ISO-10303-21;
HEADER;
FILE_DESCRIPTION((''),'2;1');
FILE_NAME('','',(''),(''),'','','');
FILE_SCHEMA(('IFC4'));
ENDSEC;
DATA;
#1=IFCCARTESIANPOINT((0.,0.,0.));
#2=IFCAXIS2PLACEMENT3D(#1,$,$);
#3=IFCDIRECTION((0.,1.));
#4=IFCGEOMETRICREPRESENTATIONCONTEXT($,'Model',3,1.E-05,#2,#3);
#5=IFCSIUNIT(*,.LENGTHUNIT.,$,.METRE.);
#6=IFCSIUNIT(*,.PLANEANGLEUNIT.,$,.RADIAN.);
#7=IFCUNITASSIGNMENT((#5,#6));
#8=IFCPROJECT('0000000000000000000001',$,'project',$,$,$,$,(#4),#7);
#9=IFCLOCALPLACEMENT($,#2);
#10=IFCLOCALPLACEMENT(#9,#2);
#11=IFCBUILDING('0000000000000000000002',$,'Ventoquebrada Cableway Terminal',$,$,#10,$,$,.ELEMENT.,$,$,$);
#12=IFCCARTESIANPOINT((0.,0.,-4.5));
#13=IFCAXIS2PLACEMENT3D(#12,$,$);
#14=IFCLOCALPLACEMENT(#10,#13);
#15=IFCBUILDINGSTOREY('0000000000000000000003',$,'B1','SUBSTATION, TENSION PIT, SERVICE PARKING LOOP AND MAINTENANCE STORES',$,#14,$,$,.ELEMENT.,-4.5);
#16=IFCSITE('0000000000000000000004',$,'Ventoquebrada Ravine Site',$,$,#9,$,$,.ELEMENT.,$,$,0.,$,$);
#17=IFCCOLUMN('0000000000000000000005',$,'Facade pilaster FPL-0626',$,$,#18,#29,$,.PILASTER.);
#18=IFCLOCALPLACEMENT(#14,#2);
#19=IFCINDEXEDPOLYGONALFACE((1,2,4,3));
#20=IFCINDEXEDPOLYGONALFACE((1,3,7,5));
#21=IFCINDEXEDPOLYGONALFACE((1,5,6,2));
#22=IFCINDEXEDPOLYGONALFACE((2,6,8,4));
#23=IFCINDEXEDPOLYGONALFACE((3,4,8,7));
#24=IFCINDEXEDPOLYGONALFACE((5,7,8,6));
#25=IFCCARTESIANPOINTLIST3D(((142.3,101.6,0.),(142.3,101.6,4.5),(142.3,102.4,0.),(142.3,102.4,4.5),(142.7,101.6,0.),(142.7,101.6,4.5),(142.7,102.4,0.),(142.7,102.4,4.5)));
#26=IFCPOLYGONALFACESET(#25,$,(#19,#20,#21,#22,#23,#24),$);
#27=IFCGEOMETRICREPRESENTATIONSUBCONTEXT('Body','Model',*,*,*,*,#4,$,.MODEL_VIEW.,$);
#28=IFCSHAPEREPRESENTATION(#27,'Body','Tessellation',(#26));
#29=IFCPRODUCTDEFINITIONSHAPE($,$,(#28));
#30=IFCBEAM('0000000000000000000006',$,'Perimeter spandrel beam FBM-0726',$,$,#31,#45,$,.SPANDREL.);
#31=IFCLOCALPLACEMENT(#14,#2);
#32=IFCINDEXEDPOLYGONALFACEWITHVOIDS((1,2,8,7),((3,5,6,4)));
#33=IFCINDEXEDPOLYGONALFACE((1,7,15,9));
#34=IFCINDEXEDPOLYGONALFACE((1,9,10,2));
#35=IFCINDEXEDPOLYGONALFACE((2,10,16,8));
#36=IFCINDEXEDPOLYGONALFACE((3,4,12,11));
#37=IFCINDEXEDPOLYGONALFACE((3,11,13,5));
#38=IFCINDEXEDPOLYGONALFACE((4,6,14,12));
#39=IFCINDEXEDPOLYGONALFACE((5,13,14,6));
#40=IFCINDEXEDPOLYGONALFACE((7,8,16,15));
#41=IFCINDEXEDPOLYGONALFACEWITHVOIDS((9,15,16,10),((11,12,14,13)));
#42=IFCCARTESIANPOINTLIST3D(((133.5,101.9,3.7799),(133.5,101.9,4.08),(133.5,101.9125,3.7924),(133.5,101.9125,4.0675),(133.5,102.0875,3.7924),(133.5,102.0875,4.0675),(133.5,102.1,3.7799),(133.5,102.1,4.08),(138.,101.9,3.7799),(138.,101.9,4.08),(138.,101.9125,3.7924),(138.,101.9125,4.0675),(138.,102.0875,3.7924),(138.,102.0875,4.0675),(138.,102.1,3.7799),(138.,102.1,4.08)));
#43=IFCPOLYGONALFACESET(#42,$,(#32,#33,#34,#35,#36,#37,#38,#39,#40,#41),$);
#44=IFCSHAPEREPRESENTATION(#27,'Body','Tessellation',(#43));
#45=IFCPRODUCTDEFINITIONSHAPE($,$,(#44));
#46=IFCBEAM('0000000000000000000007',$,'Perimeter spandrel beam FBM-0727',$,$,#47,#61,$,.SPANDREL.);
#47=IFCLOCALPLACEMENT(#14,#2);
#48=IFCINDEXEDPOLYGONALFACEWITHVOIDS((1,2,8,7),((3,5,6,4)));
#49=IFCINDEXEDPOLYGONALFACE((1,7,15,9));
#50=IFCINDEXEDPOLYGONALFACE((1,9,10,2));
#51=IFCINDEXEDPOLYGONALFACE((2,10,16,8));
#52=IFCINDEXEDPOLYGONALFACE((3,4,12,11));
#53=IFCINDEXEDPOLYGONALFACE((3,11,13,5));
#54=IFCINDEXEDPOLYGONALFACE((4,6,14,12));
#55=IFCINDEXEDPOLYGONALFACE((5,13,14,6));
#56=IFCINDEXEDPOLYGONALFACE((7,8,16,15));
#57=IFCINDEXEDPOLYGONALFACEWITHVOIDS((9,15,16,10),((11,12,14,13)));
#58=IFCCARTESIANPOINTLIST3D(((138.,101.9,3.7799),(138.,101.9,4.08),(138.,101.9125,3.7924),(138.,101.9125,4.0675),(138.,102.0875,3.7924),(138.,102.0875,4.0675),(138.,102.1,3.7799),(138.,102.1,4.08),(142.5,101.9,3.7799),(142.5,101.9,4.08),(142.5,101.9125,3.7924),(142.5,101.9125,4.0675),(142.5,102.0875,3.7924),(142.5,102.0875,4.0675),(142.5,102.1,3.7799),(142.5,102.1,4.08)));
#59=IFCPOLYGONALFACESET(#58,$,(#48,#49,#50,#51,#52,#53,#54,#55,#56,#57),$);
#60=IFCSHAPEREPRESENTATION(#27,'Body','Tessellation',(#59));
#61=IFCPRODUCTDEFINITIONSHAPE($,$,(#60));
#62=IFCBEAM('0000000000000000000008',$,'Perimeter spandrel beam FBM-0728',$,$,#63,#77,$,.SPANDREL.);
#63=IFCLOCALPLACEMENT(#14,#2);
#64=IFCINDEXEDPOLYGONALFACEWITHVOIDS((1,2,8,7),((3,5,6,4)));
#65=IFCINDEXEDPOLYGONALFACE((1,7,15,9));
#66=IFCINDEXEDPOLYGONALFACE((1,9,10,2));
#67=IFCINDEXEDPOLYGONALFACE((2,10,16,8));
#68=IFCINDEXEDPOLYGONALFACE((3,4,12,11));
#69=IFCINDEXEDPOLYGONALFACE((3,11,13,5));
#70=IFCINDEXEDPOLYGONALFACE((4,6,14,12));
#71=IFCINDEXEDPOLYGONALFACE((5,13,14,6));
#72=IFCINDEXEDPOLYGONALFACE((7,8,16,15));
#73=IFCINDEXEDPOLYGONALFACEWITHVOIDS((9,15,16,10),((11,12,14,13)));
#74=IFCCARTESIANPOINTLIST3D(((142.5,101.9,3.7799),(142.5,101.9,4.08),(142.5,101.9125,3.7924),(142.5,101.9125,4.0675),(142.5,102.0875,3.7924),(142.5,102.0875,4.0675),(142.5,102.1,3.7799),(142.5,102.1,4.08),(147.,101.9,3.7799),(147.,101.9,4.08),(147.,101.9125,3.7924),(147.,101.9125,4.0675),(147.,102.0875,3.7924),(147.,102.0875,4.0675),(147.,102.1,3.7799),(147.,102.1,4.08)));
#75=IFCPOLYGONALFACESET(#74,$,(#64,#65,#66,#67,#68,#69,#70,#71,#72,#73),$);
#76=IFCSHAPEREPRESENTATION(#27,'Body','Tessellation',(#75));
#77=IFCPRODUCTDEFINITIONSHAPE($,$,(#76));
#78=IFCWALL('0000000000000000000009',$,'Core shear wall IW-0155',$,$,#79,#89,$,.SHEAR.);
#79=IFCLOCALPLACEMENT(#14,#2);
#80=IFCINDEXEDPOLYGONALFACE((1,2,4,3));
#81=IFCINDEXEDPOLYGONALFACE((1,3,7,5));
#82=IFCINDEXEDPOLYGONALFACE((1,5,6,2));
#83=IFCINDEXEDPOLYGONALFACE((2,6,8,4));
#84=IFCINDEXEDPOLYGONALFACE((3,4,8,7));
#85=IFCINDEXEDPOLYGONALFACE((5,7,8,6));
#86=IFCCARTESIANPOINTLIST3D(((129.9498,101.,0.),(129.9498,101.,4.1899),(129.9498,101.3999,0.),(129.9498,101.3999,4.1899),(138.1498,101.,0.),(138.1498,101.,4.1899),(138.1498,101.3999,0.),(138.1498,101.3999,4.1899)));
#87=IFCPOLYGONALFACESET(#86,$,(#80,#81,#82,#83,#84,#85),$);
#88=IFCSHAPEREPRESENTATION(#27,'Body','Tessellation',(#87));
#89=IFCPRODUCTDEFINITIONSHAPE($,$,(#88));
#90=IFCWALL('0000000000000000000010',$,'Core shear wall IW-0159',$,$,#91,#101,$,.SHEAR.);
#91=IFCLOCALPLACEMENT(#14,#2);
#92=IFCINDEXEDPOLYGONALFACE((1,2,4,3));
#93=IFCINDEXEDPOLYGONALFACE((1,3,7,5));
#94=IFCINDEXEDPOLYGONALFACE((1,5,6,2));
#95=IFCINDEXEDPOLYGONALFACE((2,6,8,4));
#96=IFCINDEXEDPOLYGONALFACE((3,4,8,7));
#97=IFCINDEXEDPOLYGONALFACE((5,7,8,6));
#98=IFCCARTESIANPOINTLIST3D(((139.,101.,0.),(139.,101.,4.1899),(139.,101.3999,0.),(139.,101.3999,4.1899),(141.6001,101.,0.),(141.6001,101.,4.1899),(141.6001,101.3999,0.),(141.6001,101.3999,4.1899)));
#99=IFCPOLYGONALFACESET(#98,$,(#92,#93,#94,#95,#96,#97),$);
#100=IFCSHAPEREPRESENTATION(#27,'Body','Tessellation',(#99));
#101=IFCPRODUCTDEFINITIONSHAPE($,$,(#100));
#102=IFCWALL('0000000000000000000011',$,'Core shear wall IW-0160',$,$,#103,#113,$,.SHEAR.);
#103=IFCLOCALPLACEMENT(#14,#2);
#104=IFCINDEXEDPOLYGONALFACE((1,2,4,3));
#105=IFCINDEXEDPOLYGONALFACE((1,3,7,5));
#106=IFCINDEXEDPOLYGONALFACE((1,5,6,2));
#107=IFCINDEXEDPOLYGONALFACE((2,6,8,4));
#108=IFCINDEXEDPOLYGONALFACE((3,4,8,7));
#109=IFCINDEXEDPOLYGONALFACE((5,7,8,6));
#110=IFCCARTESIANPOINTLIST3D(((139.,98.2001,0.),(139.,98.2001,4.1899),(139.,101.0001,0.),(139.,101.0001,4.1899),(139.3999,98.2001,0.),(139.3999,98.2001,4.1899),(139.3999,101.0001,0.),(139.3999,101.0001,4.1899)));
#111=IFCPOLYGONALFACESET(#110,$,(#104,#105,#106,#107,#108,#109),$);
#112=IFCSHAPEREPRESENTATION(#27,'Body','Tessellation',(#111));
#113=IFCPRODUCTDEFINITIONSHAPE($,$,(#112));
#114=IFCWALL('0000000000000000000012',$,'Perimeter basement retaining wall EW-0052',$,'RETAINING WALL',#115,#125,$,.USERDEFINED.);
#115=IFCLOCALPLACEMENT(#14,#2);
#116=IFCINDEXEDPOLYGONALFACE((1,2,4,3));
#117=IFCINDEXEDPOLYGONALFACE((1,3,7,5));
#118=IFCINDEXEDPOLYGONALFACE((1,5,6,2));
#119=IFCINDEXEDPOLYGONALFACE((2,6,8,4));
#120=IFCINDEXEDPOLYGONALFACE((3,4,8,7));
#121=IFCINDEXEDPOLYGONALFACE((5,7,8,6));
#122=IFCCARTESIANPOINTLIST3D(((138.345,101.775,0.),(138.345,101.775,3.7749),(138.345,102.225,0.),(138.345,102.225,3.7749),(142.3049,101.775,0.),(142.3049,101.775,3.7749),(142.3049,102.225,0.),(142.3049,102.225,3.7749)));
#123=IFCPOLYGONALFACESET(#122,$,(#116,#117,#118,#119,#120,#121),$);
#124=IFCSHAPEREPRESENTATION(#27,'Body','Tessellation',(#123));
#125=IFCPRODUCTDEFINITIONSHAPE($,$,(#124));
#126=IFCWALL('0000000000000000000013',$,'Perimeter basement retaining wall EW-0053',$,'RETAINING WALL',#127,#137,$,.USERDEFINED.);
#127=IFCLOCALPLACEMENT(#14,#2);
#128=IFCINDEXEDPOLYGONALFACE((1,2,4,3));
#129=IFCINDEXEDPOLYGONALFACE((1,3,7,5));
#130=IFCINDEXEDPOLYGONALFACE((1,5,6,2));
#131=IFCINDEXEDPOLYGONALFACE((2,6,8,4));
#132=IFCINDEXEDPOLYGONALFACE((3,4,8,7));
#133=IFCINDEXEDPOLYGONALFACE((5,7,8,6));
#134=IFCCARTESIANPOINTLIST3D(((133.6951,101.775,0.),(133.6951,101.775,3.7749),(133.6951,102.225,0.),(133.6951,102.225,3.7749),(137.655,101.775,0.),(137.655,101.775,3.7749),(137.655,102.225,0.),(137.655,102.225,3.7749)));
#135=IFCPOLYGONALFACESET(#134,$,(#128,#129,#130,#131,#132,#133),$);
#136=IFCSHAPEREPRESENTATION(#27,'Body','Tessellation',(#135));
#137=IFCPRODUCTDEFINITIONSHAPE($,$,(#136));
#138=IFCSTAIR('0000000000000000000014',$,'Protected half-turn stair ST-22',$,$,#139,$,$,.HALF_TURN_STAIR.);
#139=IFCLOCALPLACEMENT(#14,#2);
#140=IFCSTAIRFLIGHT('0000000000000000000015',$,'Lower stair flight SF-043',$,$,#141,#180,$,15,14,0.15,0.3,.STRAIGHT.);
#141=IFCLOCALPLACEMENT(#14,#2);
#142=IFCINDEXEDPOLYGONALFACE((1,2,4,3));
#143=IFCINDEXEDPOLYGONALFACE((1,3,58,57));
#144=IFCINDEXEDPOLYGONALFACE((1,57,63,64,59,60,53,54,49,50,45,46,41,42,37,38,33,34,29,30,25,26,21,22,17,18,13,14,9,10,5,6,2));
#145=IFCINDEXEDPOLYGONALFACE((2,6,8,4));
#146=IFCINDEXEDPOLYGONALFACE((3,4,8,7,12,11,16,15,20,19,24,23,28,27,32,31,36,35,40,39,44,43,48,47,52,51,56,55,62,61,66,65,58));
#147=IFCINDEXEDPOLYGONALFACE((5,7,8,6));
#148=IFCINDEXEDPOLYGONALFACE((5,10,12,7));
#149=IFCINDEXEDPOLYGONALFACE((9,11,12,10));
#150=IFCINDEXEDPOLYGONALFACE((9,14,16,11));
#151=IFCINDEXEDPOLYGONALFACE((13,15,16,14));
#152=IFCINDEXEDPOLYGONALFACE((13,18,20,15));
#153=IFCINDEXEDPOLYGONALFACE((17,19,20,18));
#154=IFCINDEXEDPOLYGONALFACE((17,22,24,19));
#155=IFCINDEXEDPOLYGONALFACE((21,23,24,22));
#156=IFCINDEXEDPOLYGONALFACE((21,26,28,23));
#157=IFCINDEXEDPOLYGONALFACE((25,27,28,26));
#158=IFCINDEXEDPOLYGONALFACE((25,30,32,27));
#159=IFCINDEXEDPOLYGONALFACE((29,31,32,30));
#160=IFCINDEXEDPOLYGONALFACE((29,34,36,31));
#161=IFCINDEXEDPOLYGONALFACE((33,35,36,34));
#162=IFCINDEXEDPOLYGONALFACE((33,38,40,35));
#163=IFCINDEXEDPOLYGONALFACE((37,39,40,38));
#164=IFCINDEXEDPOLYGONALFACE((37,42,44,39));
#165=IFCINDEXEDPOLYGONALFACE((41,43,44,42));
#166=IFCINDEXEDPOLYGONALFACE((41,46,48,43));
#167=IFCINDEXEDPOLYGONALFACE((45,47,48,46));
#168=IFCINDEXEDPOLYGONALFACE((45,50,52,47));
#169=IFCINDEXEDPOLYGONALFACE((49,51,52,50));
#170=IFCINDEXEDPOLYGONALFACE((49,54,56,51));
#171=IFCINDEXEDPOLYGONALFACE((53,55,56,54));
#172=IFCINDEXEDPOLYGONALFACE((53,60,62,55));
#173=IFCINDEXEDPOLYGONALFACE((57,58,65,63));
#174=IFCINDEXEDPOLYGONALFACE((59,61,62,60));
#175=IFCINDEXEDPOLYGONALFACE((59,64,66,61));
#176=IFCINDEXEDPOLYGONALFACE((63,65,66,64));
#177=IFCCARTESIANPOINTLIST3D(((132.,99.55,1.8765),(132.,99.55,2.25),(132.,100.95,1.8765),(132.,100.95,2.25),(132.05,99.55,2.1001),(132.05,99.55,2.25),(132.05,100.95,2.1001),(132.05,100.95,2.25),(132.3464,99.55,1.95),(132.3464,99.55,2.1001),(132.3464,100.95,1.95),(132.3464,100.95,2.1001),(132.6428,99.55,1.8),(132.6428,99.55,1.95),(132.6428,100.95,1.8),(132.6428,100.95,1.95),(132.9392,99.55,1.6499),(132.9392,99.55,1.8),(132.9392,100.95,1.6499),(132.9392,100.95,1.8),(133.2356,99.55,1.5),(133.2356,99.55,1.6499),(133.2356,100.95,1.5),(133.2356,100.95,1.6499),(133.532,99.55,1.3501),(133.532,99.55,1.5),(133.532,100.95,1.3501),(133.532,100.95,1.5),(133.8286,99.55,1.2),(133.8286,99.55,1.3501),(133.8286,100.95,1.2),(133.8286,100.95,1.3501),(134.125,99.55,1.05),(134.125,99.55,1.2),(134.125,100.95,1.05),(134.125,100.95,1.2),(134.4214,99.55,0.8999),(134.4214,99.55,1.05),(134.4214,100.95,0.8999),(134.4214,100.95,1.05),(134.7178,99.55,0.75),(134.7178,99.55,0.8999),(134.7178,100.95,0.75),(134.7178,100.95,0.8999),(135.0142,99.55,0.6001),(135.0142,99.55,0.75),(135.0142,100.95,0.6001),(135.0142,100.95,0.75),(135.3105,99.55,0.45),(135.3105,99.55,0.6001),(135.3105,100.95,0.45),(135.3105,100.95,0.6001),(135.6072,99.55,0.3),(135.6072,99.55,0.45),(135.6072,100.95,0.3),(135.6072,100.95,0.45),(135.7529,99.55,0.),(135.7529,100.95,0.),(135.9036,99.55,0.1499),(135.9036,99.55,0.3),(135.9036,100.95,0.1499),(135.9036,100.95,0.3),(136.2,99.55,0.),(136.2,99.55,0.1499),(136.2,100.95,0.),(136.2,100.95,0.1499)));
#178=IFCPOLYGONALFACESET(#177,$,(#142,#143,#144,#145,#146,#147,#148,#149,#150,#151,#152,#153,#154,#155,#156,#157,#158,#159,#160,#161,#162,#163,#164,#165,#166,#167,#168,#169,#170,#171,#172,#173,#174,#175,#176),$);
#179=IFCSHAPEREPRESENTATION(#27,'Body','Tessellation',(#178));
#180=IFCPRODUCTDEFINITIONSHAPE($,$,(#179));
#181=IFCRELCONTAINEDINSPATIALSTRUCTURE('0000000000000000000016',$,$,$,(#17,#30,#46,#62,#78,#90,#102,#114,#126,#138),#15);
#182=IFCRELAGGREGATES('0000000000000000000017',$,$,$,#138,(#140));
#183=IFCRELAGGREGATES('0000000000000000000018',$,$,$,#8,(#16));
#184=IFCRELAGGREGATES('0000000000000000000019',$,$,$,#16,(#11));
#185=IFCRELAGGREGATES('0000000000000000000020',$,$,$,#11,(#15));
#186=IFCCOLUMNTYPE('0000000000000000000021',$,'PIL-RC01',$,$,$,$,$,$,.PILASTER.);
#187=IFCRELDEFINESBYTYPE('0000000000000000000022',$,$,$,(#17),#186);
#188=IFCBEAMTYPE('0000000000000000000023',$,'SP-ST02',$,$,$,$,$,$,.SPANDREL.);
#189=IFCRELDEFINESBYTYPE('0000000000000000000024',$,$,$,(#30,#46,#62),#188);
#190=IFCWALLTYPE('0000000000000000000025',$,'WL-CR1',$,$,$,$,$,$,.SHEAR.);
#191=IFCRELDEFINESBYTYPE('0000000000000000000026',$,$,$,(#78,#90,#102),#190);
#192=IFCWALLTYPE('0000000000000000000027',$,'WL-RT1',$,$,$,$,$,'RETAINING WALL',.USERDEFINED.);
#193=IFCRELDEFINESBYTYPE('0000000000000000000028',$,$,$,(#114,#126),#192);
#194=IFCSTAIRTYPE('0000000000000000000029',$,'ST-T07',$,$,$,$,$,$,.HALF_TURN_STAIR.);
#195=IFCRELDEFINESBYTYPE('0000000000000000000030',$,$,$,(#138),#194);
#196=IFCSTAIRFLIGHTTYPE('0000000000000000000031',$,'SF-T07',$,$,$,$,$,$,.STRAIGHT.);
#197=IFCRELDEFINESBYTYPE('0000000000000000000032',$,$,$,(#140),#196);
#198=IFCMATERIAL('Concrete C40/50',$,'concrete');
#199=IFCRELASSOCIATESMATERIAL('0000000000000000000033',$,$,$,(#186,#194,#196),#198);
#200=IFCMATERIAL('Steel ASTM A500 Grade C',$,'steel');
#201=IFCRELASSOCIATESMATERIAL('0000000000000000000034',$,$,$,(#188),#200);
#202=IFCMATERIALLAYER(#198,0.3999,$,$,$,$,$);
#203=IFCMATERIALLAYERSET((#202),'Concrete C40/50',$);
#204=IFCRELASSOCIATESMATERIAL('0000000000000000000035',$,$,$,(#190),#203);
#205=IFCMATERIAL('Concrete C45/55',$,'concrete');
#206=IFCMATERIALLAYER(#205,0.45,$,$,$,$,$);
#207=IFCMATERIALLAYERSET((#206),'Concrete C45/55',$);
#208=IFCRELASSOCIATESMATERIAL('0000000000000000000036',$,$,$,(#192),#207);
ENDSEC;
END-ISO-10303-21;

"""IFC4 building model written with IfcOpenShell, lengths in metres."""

from ifc_helpers import new_model, si_unit, direction, frame, frame_2d, origin, origin_2d, place, context, subcontext, project, spatial, polyline, rectangle, hollow_rectangle, outline, extrude, material, layer, layer_set, material_profile, profile_set, type_object, element, aggregate, save


model = new_model("IFC4")

# Units and contexts
model_context = context("Model", 3, precision=1e-05, world=origin(), true_north=direction((0.0, 1.0)))
body_context = subcontext(model_context, "Body", "Model", "MODEL_VIEW")
ifc_project = project(units=[si_unit("LENGTHUNIT", "METRE"), si_unit("PLANEANGLEUNIT", "RADIAN")], contexts=[model_context])

# Site, building, storey
site_placement = place(None, origin())
site = spatial("IfcSite", under=ifc_project, at=site_placement, Name="Ventoquebrada Ravine Site", CompositionType="ELEMENT", RefElevation=0.0)
building_placement = place(site_placement, origin())
building = spatial("IfcBuilding", under=site, at=building_placement, Name="Ventoquebrada Cableway Terminal", CompositionType="ELEMENT")
storey_placement = place(building_placement, frame((0.0, 0.0, -4.5)))
storey = spatial("IfcBuildingStorey", under=building, at=storey_placement, Name="B1", Description="SUBSTATION, TENSION PIT, SERVICE PARKING LOOP AND MAINTENANCE STORES", CompositionType="ELEMENT", Elevation=-4.5)

# Shared definitions
ifc_material_1 = material(Name="Concrete C40/50", Category="concrete")

# Column
ifc_material_profile_1 = material_profile(ifc_material_1, rectangle(XDim=0.3999, YDim=0.8, at=origin_2d()), Name="RC-PIL-400X800")
ifc_profile_set_1 = profile_set([ifc_material_profile_1], Name="Concrete C40/50")
column_type_1 = type_object("IfcColumnType", Name="PIL-RC01", PredefinedType="PILASTER", material=ifc_profile_set_1)
for number, where, z_axis, x_axis, name in (
    (1, (142.5, 102.0, 0.0), (0.0, 0.0, 1.0), (1.0, 0.0, 0.0), "Facade pilaster FPL-0626"),
):
    element("IfcColumn", number, at=place(storey_placement, frame(where, z_axis=z_axis, x_axis=x_axis)), inside=storey, type_object=column_type_1, Name=name, PredefinedType="PILASTER", context=body_context, shape_type="SweptSolid", body=[
        extrude(rectangle(XDim=0.3999, YDim=0.8, at=origin_2d()), origin(), (0.0, 0.0, 1.0), 4.5),
    ])

# Beams
ifc_material_2 = material(Name="Steel ASTM A500 Grade C", Category="steel")
ifc_material_profile_2 = material_profile(ifc_material_2, hollow_rectangle(XDim=0.2, YDim=0.3, WallThickness=0.0125, at=origin_2d()), Name="RHS300X200X12.5")
ifc_profile_set_2 = profile_set([ifc_material_profile_2], Name="Steel ASTM A500 Grade C")
beam_type = type_object("IfcBeamType", Name="SP-ST02", PredefinedType="SPANDREL", material=ifc_profile_set_2)
for number, where, z_axis, x_axis, name in (
    (2, (133.5, 102.0, 3.9299), (1.0, 0.0, 0.0), (0.0, 1.0, 0.0), "Perimeter spandrel beam FBM-0726"),
    (3, (138.0, 102.0, 3.9299), (1.0, 0.0, 0.0), (0.0, 1.0, 0.0), "Perimeter spandrel beam FBM-0727"),
    (4, (142.5, 102.0, 3.9299), (1.0, 0.0, 0.0), (0.0, 1.0, 0.0), "Perimeter spandrel beam FBM-0728"),
):
    element("IfcBeam", number, at=place(storey_placement, frame(where, z_axis=z_axis, x_axis=x_axis)), inside=storey, type_object=beam_type, Name=name, PredefinedType="SPANDREL", context=body_context, shape_type="SweptSolid", body=[
        extrude(hollow_rectangle(XDim=0.2, YDim=0.3, WallThickness=0.0125, at=origin_2d()), origin(), (0.0, 0.0, 1.0), 4.5),
    ])

# Walls
ifc_layer_1 = layer(ifc_material_1, 0.3999)
ifc_layer_set_1 = layer_set([ifc_layer_1], Name="Concrete C40/50")
wall_type_1 = type_object("IfcWallType", Name="WL-CR1", PredefinedType="SHEAR", material=ifc_layer_set_1)
wall_1_placement = place(storey_placement, frame((138.1499, 101.2, 0.0), z_axis=(0.0, 0.0, 1.0), x_axis=(-1.0, 0.0, 0.0)))
element("IfcWall", 5, at=wall_1_placement, inside=storey, type_object=wall_type_1, Name="Core shear wall IW-0155", PredefinedType="SHEAR", context=body_context, shape_type="SweptSolid", body=[
    extrude(rectangle(XDim=8.2, YDim=0.3999, at=frame_2d((4.1001, 0.0))), origin(), (0.0, 0.0, 1.0), 4.1899),
])
wall_2_placement = place(storey_placement, frame((141.6001, 101.2, 0.0), z_axis=(0.0, 0.0, 1.0), x_axis=(-1.0, 0.0, 0.0)))
element("IfcWall", 6, at=wall_2_placement, inside=storey, type_object=wall_type_1, Name="Core shear wall IW-0159", PredefinedType="SHEAR", context=body_context, shape_type="SweptSolid", body=[
    extrude(rectangle(XDim=2.6001, YDim=0.3999, at=frame_2d((1.3, 0.0))), origin(), (0.0, 0.0, 1.0), 4.1899),
])
wall_3_placement = place(storey_placement, frame((139.2, 101.0, 0.0), z_axis=(0.0, 0.0, 1.0), x_axis=(0.0, -1.0, 0.0)))
element("IfcWall", 7, at=wall_3_placement, inside=storey, type_object=wall_type_1, Name="Core shear wall IW-0160", PredefinedType="SHEAR", context=body_context, shape_type="SweptSolid", body=[
    extrude(rectangle(XDim=2.8, YDim=0.3999, at=frame_2d((1.3999, 0.0))), origin(), (0.0, 0.0, 1.0), 4.1899),
])
ifc_material_3 = material(Name="Concrete C45/55", Category="concrete")
ifc_layer_2 = layer(ifc_material_3, 0.45)
ifc_layer_set_2 = layer_set([ifc_layer_2], Name="Concrete C45/55")
wall_type_2 = type_object("IfcWallType", Name="WL-RT1", ElementType="RETAINING WALL", PredefinedType="USERDEFINED", material=ifc_layer_set_2)
for number, where, z_axis, x_axis, name in (
    (8, (142.3049, 102.0, 0.0), (0.0, 0.0, 1.0), (-1.0, 0.0, 0.0), "Perimeter basement retaining wall EW-0052"),
    (9, (137.655, 102.0, 0.0), (0.0, 0.0, 1.0), (-1.0, 0.0, 0.0), "Perimeter basement retaining wall EW-0053"),
):
    element("IfcWall", number, at=place(storey_placement, frame(where, z_axis=z_axis, x_axis=x_axis)), inside=storey, type_object=wall_type_2, Name=name, ObjectType="RETAINING WALL", PredefinedType="USERDEFINED", context=body_context, shape_type="SweptSolid", body=[
        extrude(rectangle(XDim=3.96, YDim=0.45, at=frame_2d((1.98, 0.0))), origin(), (0.0, 0.0, 1.0), 3.7749),
    ])

# Stair, stair flight
stair_type = type_object("IfcStairType", Name="ST-T07", PredefinedType="HALF_TURN_STAIR", material=ifc_material_1)
stair_placement = place(storey_placement, origin())
stair = element("IfcStair", 10, at=stair_placement, inside=storey, type_object=stair_type, Name="Protected half-turn stair ST-22", PredefinedType="HALF_TURN_STAIR")
stair_flight_type = type_object("IfcStairFlightType", Name="SF-T07", PredefinedType="STRAIGHT", material=ifc_material_1)
stair_flight_placement = place(storey_placement, frame((136.2, 100.25, 0.0), z_axis=(0.0, 0.0, 1.0), x_axis=(-1.0, 0.0, 0.0)))
stair_flight = element("IfcStairFlight", 11, at=stair_flight_placement, type_object=stair_flight_type, Name="Lower stair flight SF-043", NumberOfRisers=15, NumberOfTreads=14, PredefinedType="STRAIGHT", RiserHeight=0.15, TreadLength=0.3, context=body_context, shape_type="SweptSolid", body=[
    extrude(outline(polyline([(0.0, 0.0), (0.0, 0.1499), (0.2964, 0.1499), (0.2964, 0.3), (0.5928, 0.3), (0.5928, 0.45), (0.8894, 0.45), (0.8894, 0.6001), (1.1858, 0.6001), (1.1858, 0.75), (1.4822, 0.75), (1.4822, 0.8999), (1.7786, 0.8999), (1.7786, 1.05), (2.075, 1.05), (2.075, 1.2), (2.3713, 1.2), (2.3713, 1.3501), (2.668, 1.3501), (2.668, 1.5), (2.9644, 1.5), (2.9644, 1.6499), (3.2607, 1.6499), (3.2607, 1.8), (3.5571, 1.8), (3.5571, 1.95), (3.8535, 1.95), (3.8535, 2.1001), (4.1499, 2.1001), (4.1499, 2.25), (4.2, 2.25), (4.2, 1.8765), (0.447, 0.0), (0.0, 0.0)])), frame((0.0, 0.7, 0.0), z_axis=(0.0, -1.0, 0.0), x_axis=(1.0, 0.0, 0.0)), (0.0, 0.0, 1.0), 1.3999),
])
aggregate(stair, [stair_flight])

save(model, "model.ifc")
